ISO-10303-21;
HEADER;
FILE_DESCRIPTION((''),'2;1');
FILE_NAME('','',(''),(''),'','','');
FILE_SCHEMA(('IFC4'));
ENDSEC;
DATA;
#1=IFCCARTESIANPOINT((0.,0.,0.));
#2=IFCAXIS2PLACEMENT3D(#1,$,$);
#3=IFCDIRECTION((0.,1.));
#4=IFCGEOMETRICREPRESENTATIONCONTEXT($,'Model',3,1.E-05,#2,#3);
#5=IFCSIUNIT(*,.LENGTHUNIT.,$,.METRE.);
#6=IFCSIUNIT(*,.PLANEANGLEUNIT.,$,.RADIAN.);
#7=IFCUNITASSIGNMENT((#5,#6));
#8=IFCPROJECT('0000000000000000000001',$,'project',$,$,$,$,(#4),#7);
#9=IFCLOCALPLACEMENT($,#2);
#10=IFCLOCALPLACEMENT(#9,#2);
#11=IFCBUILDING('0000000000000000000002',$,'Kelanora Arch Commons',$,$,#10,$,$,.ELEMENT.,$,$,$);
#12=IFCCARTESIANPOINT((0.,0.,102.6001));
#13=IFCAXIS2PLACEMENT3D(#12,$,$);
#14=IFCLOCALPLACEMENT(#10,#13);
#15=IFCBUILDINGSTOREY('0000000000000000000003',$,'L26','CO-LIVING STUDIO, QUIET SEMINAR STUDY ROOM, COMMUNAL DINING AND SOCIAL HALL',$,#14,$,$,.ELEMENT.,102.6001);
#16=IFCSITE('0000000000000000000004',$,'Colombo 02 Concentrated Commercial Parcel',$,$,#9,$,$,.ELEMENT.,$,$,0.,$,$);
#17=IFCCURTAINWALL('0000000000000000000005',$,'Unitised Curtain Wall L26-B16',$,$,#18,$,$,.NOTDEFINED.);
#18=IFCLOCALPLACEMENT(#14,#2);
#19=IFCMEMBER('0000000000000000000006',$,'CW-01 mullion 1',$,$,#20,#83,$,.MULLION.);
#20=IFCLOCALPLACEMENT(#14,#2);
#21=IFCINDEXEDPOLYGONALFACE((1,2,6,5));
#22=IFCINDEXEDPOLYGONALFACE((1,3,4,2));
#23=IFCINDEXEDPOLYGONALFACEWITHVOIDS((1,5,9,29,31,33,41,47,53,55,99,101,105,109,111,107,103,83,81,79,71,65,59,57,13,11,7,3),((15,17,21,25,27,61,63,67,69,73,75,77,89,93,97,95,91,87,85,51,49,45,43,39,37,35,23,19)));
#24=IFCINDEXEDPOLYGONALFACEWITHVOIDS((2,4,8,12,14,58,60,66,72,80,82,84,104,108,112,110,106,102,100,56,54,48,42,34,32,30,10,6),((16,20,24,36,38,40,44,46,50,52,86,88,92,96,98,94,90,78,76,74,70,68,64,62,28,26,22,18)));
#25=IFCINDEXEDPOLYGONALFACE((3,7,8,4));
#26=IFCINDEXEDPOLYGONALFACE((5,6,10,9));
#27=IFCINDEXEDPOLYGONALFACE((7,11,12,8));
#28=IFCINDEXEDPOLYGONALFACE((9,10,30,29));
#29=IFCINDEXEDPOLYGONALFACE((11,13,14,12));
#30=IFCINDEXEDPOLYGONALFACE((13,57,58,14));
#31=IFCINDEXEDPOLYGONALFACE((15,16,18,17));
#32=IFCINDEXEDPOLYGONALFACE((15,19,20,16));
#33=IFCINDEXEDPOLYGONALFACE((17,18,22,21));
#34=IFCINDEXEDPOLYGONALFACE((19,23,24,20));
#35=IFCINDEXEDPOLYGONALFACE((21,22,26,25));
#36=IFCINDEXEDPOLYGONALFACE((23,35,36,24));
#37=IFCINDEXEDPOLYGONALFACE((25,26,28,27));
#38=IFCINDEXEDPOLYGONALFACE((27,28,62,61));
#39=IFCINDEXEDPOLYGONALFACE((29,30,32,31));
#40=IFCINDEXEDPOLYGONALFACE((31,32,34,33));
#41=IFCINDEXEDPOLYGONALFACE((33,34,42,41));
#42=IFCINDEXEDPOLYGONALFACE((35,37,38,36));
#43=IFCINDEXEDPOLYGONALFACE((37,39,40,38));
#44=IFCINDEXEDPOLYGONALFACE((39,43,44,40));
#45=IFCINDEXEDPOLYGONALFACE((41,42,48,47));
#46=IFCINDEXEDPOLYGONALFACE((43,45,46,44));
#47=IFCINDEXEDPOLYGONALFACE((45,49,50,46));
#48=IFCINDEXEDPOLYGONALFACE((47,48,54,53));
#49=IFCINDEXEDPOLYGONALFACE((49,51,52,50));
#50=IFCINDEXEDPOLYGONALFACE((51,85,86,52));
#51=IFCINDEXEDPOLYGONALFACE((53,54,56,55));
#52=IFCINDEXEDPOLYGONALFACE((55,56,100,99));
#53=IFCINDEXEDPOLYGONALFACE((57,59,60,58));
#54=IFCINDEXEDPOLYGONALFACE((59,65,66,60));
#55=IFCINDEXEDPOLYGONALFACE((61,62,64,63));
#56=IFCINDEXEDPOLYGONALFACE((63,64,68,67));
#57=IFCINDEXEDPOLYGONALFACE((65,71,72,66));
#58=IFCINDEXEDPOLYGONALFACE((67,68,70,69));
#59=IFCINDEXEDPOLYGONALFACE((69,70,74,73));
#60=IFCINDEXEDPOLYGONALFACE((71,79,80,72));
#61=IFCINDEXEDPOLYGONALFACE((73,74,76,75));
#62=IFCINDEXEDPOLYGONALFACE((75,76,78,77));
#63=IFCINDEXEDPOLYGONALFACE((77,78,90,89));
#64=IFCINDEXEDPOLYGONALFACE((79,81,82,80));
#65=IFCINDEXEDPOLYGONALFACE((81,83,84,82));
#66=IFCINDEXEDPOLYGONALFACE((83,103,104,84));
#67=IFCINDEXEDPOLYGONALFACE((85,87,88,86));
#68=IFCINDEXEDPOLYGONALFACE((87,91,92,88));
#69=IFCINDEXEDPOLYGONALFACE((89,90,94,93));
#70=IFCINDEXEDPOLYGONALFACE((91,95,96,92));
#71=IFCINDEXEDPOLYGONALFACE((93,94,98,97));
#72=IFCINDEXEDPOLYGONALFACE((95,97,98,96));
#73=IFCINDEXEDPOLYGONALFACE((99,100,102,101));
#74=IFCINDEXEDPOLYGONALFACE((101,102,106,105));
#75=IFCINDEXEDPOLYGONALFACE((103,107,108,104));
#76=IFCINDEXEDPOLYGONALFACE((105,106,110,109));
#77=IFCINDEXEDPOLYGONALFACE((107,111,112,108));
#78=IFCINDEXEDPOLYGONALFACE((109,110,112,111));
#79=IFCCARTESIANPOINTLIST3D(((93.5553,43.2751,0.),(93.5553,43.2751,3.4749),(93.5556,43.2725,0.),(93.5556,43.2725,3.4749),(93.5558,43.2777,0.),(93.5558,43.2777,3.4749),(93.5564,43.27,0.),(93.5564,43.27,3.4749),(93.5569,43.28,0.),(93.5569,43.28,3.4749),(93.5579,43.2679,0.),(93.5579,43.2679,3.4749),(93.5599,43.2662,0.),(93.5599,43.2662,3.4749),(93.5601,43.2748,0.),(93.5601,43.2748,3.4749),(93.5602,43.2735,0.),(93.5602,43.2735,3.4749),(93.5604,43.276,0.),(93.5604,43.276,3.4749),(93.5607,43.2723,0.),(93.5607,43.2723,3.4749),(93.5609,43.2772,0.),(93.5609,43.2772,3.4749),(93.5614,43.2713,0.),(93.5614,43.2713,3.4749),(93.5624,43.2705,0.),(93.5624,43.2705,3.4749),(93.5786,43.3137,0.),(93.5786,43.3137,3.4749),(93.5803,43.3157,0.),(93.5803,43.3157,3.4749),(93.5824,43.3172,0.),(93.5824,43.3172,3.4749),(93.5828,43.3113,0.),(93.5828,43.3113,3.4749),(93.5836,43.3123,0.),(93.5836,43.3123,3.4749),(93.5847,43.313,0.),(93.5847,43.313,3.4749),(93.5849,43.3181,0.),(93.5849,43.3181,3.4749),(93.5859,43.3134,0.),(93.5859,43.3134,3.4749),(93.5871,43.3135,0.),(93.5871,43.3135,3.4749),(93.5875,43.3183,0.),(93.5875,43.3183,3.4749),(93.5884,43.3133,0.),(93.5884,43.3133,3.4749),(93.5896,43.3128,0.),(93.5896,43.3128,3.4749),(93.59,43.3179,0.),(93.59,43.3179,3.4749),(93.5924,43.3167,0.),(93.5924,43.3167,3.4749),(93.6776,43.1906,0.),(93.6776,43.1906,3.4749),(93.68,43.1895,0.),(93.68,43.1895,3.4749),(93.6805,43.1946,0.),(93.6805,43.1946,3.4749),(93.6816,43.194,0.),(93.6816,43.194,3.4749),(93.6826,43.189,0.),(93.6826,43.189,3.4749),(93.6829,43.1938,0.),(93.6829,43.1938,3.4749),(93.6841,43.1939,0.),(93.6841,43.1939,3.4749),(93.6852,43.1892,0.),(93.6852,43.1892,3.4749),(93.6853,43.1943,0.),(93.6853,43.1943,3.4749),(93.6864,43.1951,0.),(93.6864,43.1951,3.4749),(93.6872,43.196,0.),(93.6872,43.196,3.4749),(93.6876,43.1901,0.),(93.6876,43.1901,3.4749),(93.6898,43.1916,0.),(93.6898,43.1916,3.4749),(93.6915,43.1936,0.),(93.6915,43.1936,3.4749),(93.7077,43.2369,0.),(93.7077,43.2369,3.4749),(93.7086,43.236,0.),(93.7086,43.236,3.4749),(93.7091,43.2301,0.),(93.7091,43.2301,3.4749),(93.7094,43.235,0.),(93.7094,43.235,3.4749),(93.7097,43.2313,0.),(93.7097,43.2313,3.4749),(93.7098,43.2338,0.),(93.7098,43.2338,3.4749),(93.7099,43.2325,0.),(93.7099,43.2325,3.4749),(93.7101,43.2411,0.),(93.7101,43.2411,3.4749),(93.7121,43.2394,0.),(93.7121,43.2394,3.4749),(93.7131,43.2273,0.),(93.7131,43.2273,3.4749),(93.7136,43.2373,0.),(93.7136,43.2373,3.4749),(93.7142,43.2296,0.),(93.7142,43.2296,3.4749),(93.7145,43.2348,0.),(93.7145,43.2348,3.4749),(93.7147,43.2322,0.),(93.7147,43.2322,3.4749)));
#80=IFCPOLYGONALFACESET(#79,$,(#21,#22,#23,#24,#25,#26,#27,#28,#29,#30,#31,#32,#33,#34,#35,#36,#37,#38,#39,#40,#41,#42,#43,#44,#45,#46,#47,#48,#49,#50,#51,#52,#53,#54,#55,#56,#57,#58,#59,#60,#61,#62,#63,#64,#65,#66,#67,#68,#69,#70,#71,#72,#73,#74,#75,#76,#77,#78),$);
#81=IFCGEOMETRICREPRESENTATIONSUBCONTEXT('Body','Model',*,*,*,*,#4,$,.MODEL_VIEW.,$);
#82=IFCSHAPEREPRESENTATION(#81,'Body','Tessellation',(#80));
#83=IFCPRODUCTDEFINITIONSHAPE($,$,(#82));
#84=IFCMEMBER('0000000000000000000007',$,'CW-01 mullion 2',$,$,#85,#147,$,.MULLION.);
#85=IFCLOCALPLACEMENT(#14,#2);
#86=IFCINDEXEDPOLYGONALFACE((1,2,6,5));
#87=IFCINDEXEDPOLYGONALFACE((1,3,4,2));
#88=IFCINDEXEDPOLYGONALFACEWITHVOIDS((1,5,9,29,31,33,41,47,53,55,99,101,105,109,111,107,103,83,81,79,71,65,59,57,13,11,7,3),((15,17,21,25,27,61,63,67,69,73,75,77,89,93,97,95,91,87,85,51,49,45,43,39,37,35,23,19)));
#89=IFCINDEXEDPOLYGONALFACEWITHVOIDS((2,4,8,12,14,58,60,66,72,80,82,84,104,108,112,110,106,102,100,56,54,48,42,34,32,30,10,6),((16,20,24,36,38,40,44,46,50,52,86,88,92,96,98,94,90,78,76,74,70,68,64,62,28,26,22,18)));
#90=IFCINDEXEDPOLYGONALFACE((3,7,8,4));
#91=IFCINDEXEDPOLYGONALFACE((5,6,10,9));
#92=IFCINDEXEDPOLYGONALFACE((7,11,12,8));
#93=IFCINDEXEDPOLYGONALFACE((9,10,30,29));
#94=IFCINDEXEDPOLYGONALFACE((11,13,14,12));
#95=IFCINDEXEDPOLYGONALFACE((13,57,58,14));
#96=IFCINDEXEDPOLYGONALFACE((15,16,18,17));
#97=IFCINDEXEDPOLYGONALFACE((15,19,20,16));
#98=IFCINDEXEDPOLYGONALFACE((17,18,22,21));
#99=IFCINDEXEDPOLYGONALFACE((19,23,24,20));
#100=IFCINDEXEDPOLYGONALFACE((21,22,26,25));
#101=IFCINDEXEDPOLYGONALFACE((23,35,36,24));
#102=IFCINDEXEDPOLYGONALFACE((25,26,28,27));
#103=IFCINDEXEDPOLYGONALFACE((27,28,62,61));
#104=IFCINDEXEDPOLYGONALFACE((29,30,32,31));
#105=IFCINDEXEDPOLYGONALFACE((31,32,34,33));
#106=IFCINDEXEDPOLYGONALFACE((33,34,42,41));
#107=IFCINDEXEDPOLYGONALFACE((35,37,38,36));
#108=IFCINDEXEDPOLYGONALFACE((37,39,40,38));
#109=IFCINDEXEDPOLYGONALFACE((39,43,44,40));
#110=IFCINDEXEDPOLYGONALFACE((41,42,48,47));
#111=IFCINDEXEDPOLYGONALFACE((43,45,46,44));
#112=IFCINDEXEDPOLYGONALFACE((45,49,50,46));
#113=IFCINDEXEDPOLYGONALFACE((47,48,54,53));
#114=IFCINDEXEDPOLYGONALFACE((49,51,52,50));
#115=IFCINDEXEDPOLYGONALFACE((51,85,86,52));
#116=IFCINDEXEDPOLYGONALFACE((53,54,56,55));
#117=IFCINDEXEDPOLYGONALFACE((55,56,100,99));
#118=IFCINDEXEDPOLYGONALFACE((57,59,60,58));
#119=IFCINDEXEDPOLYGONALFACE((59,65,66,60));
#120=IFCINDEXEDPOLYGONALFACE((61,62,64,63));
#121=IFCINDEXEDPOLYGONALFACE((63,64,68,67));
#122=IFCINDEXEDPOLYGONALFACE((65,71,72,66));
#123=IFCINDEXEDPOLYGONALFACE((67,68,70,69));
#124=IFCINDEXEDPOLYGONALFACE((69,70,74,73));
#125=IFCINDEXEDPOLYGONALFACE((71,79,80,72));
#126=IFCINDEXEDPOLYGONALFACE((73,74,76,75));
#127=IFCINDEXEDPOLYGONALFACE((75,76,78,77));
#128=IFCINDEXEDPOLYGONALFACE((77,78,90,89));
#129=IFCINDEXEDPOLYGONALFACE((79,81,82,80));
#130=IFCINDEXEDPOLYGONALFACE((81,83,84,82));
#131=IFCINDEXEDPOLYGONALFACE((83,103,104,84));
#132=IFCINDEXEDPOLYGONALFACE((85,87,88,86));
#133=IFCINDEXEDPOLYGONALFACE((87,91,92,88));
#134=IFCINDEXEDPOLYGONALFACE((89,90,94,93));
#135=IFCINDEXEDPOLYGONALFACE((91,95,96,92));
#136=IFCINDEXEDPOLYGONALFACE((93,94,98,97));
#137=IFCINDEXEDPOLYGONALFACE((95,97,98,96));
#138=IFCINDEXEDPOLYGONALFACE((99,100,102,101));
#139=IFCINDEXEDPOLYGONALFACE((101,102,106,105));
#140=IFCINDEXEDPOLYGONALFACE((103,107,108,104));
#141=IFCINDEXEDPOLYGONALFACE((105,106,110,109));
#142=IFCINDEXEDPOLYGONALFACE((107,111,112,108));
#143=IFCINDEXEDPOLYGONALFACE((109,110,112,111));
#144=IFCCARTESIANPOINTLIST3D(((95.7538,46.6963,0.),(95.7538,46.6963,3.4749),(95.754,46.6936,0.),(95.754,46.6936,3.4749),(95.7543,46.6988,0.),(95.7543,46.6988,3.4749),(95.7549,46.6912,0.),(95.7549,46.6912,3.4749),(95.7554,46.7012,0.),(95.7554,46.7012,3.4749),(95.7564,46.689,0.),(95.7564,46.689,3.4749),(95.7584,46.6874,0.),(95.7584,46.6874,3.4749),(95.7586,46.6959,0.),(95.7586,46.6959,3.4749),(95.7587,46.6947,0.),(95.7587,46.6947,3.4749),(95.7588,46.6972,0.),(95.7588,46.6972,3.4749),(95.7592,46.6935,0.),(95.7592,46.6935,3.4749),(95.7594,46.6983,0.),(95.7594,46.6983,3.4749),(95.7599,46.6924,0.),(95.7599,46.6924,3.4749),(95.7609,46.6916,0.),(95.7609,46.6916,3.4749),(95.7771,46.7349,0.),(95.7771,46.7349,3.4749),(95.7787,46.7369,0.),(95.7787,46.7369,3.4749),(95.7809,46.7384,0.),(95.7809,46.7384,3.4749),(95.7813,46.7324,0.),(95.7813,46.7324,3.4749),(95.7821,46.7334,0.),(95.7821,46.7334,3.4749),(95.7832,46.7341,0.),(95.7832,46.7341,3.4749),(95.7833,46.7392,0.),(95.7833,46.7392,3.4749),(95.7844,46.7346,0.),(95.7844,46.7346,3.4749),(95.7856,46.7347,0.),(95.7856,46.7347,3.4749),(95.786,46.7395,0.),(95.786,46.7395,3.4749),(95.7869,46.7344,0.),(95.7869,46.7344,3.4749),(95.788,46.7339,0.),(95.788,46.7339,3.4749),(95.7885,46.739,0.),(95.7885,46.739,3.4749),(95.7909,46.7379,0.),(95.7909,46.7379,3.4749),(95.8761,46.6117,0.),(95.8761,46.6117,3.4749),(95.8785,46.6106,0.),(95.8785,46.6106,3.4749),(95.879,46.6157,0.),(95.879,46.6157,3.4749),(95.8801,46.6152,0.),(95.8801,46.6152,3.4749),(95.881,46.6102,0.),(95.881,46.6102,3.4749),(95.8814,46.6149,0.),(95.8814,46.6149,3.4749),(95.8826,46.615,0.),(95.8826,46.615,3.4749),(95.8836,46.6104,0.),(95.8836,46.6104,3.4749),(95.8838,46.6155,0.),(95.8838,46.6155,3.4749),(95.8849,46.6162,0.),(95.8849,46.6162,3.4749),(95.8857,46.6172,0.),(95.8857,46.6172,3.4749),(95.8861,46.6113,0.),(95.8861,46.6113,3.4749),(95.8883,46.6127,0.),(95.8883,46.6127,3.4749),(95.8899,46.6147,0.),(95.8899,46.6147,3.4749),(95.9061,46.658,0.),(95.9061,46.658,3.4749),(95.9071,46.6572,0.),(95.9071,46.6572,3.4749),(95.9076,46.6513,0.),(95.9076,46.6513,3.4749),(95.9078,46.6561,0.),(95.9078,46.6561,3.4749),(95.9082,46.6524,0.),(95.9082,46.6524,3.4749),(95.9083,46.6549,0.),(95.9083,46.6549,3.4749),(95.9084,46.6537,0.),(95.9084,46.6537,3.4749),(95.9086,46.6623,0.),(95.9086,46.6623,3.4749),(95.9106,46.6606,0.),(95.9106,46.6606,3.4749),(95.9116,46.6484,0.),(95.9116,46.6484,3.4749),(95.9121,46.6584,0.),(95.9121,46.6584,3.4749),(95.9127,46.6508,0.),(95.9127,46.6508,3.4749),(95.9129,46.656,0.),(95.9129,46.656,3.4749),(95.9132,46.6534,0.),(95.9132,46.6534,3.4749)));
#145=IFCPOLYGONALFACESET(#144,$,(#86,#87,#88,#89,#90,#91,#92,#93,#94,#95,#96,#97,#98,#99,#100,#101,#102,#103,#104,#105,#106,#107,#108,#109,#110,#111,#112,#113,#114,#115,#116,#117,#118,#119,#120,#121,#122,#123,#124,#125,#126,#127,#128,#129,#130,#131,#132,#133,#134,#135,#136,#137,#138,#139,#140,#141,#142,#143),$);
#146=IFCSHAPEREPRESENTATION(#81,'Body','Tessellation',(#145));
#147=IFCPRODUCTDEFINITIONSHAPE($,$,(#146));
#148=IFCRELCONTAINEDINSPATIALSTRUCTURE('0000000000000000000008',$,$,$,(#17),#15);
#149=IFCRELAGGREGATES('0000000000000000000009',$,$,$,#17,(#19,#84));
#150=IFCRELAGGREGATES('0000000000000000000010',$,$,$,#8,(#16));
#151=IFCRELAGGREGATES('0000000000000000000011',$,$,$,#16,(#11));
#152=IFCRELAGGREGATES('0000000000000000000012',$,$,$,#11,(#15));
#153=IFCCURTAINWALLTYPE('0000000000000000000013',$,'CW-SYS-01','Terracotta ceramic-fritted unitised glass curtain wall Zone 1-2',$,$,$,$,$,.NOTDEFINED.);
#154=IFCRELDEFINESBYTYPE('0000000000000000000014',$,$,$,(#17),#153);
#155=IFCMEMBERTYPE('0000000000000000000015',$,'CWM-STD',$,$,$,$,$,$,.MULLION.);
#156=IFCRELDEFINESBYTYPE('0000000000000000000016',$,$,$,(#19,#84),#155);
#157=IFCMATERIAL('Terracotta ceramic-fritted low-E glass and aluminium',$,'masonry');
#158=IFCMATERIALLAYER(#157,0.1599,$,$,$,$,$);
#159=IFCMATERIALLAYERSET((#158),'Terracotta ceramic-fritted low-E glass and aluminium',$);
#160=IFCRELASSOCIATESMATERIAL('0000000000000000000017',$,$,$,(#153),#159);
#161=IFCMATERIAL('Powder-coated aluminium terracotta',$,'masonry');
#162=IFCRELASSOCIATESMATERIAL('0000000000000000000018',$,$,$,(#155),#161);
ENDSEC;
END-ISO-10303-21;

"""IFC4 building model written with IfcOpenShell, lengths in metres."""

from ifc_helpers import new_model, si_unit, direction, frame, origin, origin_2d, place, context, subcontext, project, spatial, hollow_rectangle, extrude, material, layer, layer_set, material_profile, profile_set, type_object, element, aggregate, save


model = new_model("IFC4")

# Units and contexts
model_context = context("Model", 3, precision=1e-05, world=origin(), true_north=direction((0.0, 1.0)))
body_context = subcontext(model_context, "Body", "Model", "MODEL_VIEW")
ifc_project = project(units=[si_unit("LENGTHUNIT", "METRE"), si_unit("PLANEANGLEUNIT", "RADIAN")], contexts=[model_context])

# Site, building, storey
site_placement = place(None, origin())
site = spatial("IfcSite", under=ifc_project, at=site_placement, Name="Colombo 02 Concentrated Commercial Parcel", CompositionType="ELEMENT", RefElevation=0.0)
building_placement = place(site_placement, origin())
building = spatial("IfcBuilding", under=site, at=building_placement, Name="Kelanora Arch Commons", CompositionType="ELEMENT")
storey_placement = place(building_placement, frame((0.0, 0.0, 102.6001)))
storey = spatial("IfcBuildingStorey", under=building, at=storey_placement, Name="L26", Description="CO-LIVING STUDIO, QUIET SEMINAR STUDY ROOM, COMMUNAL DINING AND SOCIAL HALL", CompositionType="ELEMENT", Elevation=102.6001)

# Shared definitions
ifc_material_1 = material(Name="Terracotta ceramic-fritted low-E glass and aluminium", Category="masonry")
ifc_layer_1 = layer(ifc_material_1, 0.1599)
ifc_layer_set_1 = layer_set([ifc_layer_1], Name="Terracotta ceramic-fritted low-E glass and aluminium")
curtain_wall_type = type_object("IfcCurtainWallType", Name="CW-SYS-01", Description="Terracotta ceramic-fritted unitised glass curtain wall Zone 1-2", PredefinedType="NOTDEFINED", material=ifc_layer_set_1)
ifc_material_2 = material(Name="Powder-coated aluminium terracotta", Category="masonry")
ifc_material_profile_1 = material_profile(ifc_material_2, hollow_rectangle(XDim=0.1599, YDim=0.0601, WallThickness=0.0049, InnerFilletRadius=0.0049, OuterFilletRadius=0.01, at=origin_2d()), Name="CWM160x60")
ifc_profile_set_1 = profile_set([ifc_material_profile_1], Name="Powder-coated aluminium terracotta")
member_type_1 = type_object("IfcMemberType", Name="CWM-STD", PredefinedType="MULLION", material=ifc_profile_set_1)

# Curtain wall, members
curtain_wall_1_placement = place(storey_placement, origin())
curtain_wall_1 = element("IfcCurtainWall", 1, at=curtain_wall_1_placement, inside=storey, type_object=curtain_wall_type, Name="Unitised Curtain Wall L26-B16", PredefinedType="NOTDEFINED")
member_1_placement = place(storey_placement, frame((93.635, 43.2537, 0.0), z_axis=(0.0, 0.0, 1.0), x_axis=(-0.841269, 0.540617, 0.0)))
member_1 = element("IfcMember", 2, at=member_1_placement, type_object=member_type_1, Name="CW-01 mullion 1", PredefinedType="MULLION", context=body_context, shape_type="SweptSolid", body=[
    extrude(hollow_rectangle(XDim=0.1599, YDim=0.0601, WallThickness=0.0049, InnerFilletRadius=0.0049, OuterFilletRadius=0.01, at=origin_2d()), origin(), (0.0, 0.0, 1.0), 3.4749),
])
member_2_placement = place(storey_placement, frame((95.8335, 46.6748, 0.0), z_axis=(0.0, 0.0, 1.0), x_axis=(-0.841269, 0.540617, 0.0)))
member_2 = element("IfcMember", 3, at=member_2_placement, type_object=member_type_1, Name="CW-01 mullion 2", PredefinedType="MULLION", context=body_context, shape_type="SweptSolid", body=[
    extrude(hollow_rectangle(XDim=0.1599, YDim=0.0601, WallThickness=0.0049, InnerFilletRadius=0.0049, OuterFilletRadius=0.01, at=origin_2d()), origin(), (0.0, 0.0, 1.0), 3.4749),
])
aggregate(curtain_wall_1, [member_1, member_2])

save(model, "model.ifc")
